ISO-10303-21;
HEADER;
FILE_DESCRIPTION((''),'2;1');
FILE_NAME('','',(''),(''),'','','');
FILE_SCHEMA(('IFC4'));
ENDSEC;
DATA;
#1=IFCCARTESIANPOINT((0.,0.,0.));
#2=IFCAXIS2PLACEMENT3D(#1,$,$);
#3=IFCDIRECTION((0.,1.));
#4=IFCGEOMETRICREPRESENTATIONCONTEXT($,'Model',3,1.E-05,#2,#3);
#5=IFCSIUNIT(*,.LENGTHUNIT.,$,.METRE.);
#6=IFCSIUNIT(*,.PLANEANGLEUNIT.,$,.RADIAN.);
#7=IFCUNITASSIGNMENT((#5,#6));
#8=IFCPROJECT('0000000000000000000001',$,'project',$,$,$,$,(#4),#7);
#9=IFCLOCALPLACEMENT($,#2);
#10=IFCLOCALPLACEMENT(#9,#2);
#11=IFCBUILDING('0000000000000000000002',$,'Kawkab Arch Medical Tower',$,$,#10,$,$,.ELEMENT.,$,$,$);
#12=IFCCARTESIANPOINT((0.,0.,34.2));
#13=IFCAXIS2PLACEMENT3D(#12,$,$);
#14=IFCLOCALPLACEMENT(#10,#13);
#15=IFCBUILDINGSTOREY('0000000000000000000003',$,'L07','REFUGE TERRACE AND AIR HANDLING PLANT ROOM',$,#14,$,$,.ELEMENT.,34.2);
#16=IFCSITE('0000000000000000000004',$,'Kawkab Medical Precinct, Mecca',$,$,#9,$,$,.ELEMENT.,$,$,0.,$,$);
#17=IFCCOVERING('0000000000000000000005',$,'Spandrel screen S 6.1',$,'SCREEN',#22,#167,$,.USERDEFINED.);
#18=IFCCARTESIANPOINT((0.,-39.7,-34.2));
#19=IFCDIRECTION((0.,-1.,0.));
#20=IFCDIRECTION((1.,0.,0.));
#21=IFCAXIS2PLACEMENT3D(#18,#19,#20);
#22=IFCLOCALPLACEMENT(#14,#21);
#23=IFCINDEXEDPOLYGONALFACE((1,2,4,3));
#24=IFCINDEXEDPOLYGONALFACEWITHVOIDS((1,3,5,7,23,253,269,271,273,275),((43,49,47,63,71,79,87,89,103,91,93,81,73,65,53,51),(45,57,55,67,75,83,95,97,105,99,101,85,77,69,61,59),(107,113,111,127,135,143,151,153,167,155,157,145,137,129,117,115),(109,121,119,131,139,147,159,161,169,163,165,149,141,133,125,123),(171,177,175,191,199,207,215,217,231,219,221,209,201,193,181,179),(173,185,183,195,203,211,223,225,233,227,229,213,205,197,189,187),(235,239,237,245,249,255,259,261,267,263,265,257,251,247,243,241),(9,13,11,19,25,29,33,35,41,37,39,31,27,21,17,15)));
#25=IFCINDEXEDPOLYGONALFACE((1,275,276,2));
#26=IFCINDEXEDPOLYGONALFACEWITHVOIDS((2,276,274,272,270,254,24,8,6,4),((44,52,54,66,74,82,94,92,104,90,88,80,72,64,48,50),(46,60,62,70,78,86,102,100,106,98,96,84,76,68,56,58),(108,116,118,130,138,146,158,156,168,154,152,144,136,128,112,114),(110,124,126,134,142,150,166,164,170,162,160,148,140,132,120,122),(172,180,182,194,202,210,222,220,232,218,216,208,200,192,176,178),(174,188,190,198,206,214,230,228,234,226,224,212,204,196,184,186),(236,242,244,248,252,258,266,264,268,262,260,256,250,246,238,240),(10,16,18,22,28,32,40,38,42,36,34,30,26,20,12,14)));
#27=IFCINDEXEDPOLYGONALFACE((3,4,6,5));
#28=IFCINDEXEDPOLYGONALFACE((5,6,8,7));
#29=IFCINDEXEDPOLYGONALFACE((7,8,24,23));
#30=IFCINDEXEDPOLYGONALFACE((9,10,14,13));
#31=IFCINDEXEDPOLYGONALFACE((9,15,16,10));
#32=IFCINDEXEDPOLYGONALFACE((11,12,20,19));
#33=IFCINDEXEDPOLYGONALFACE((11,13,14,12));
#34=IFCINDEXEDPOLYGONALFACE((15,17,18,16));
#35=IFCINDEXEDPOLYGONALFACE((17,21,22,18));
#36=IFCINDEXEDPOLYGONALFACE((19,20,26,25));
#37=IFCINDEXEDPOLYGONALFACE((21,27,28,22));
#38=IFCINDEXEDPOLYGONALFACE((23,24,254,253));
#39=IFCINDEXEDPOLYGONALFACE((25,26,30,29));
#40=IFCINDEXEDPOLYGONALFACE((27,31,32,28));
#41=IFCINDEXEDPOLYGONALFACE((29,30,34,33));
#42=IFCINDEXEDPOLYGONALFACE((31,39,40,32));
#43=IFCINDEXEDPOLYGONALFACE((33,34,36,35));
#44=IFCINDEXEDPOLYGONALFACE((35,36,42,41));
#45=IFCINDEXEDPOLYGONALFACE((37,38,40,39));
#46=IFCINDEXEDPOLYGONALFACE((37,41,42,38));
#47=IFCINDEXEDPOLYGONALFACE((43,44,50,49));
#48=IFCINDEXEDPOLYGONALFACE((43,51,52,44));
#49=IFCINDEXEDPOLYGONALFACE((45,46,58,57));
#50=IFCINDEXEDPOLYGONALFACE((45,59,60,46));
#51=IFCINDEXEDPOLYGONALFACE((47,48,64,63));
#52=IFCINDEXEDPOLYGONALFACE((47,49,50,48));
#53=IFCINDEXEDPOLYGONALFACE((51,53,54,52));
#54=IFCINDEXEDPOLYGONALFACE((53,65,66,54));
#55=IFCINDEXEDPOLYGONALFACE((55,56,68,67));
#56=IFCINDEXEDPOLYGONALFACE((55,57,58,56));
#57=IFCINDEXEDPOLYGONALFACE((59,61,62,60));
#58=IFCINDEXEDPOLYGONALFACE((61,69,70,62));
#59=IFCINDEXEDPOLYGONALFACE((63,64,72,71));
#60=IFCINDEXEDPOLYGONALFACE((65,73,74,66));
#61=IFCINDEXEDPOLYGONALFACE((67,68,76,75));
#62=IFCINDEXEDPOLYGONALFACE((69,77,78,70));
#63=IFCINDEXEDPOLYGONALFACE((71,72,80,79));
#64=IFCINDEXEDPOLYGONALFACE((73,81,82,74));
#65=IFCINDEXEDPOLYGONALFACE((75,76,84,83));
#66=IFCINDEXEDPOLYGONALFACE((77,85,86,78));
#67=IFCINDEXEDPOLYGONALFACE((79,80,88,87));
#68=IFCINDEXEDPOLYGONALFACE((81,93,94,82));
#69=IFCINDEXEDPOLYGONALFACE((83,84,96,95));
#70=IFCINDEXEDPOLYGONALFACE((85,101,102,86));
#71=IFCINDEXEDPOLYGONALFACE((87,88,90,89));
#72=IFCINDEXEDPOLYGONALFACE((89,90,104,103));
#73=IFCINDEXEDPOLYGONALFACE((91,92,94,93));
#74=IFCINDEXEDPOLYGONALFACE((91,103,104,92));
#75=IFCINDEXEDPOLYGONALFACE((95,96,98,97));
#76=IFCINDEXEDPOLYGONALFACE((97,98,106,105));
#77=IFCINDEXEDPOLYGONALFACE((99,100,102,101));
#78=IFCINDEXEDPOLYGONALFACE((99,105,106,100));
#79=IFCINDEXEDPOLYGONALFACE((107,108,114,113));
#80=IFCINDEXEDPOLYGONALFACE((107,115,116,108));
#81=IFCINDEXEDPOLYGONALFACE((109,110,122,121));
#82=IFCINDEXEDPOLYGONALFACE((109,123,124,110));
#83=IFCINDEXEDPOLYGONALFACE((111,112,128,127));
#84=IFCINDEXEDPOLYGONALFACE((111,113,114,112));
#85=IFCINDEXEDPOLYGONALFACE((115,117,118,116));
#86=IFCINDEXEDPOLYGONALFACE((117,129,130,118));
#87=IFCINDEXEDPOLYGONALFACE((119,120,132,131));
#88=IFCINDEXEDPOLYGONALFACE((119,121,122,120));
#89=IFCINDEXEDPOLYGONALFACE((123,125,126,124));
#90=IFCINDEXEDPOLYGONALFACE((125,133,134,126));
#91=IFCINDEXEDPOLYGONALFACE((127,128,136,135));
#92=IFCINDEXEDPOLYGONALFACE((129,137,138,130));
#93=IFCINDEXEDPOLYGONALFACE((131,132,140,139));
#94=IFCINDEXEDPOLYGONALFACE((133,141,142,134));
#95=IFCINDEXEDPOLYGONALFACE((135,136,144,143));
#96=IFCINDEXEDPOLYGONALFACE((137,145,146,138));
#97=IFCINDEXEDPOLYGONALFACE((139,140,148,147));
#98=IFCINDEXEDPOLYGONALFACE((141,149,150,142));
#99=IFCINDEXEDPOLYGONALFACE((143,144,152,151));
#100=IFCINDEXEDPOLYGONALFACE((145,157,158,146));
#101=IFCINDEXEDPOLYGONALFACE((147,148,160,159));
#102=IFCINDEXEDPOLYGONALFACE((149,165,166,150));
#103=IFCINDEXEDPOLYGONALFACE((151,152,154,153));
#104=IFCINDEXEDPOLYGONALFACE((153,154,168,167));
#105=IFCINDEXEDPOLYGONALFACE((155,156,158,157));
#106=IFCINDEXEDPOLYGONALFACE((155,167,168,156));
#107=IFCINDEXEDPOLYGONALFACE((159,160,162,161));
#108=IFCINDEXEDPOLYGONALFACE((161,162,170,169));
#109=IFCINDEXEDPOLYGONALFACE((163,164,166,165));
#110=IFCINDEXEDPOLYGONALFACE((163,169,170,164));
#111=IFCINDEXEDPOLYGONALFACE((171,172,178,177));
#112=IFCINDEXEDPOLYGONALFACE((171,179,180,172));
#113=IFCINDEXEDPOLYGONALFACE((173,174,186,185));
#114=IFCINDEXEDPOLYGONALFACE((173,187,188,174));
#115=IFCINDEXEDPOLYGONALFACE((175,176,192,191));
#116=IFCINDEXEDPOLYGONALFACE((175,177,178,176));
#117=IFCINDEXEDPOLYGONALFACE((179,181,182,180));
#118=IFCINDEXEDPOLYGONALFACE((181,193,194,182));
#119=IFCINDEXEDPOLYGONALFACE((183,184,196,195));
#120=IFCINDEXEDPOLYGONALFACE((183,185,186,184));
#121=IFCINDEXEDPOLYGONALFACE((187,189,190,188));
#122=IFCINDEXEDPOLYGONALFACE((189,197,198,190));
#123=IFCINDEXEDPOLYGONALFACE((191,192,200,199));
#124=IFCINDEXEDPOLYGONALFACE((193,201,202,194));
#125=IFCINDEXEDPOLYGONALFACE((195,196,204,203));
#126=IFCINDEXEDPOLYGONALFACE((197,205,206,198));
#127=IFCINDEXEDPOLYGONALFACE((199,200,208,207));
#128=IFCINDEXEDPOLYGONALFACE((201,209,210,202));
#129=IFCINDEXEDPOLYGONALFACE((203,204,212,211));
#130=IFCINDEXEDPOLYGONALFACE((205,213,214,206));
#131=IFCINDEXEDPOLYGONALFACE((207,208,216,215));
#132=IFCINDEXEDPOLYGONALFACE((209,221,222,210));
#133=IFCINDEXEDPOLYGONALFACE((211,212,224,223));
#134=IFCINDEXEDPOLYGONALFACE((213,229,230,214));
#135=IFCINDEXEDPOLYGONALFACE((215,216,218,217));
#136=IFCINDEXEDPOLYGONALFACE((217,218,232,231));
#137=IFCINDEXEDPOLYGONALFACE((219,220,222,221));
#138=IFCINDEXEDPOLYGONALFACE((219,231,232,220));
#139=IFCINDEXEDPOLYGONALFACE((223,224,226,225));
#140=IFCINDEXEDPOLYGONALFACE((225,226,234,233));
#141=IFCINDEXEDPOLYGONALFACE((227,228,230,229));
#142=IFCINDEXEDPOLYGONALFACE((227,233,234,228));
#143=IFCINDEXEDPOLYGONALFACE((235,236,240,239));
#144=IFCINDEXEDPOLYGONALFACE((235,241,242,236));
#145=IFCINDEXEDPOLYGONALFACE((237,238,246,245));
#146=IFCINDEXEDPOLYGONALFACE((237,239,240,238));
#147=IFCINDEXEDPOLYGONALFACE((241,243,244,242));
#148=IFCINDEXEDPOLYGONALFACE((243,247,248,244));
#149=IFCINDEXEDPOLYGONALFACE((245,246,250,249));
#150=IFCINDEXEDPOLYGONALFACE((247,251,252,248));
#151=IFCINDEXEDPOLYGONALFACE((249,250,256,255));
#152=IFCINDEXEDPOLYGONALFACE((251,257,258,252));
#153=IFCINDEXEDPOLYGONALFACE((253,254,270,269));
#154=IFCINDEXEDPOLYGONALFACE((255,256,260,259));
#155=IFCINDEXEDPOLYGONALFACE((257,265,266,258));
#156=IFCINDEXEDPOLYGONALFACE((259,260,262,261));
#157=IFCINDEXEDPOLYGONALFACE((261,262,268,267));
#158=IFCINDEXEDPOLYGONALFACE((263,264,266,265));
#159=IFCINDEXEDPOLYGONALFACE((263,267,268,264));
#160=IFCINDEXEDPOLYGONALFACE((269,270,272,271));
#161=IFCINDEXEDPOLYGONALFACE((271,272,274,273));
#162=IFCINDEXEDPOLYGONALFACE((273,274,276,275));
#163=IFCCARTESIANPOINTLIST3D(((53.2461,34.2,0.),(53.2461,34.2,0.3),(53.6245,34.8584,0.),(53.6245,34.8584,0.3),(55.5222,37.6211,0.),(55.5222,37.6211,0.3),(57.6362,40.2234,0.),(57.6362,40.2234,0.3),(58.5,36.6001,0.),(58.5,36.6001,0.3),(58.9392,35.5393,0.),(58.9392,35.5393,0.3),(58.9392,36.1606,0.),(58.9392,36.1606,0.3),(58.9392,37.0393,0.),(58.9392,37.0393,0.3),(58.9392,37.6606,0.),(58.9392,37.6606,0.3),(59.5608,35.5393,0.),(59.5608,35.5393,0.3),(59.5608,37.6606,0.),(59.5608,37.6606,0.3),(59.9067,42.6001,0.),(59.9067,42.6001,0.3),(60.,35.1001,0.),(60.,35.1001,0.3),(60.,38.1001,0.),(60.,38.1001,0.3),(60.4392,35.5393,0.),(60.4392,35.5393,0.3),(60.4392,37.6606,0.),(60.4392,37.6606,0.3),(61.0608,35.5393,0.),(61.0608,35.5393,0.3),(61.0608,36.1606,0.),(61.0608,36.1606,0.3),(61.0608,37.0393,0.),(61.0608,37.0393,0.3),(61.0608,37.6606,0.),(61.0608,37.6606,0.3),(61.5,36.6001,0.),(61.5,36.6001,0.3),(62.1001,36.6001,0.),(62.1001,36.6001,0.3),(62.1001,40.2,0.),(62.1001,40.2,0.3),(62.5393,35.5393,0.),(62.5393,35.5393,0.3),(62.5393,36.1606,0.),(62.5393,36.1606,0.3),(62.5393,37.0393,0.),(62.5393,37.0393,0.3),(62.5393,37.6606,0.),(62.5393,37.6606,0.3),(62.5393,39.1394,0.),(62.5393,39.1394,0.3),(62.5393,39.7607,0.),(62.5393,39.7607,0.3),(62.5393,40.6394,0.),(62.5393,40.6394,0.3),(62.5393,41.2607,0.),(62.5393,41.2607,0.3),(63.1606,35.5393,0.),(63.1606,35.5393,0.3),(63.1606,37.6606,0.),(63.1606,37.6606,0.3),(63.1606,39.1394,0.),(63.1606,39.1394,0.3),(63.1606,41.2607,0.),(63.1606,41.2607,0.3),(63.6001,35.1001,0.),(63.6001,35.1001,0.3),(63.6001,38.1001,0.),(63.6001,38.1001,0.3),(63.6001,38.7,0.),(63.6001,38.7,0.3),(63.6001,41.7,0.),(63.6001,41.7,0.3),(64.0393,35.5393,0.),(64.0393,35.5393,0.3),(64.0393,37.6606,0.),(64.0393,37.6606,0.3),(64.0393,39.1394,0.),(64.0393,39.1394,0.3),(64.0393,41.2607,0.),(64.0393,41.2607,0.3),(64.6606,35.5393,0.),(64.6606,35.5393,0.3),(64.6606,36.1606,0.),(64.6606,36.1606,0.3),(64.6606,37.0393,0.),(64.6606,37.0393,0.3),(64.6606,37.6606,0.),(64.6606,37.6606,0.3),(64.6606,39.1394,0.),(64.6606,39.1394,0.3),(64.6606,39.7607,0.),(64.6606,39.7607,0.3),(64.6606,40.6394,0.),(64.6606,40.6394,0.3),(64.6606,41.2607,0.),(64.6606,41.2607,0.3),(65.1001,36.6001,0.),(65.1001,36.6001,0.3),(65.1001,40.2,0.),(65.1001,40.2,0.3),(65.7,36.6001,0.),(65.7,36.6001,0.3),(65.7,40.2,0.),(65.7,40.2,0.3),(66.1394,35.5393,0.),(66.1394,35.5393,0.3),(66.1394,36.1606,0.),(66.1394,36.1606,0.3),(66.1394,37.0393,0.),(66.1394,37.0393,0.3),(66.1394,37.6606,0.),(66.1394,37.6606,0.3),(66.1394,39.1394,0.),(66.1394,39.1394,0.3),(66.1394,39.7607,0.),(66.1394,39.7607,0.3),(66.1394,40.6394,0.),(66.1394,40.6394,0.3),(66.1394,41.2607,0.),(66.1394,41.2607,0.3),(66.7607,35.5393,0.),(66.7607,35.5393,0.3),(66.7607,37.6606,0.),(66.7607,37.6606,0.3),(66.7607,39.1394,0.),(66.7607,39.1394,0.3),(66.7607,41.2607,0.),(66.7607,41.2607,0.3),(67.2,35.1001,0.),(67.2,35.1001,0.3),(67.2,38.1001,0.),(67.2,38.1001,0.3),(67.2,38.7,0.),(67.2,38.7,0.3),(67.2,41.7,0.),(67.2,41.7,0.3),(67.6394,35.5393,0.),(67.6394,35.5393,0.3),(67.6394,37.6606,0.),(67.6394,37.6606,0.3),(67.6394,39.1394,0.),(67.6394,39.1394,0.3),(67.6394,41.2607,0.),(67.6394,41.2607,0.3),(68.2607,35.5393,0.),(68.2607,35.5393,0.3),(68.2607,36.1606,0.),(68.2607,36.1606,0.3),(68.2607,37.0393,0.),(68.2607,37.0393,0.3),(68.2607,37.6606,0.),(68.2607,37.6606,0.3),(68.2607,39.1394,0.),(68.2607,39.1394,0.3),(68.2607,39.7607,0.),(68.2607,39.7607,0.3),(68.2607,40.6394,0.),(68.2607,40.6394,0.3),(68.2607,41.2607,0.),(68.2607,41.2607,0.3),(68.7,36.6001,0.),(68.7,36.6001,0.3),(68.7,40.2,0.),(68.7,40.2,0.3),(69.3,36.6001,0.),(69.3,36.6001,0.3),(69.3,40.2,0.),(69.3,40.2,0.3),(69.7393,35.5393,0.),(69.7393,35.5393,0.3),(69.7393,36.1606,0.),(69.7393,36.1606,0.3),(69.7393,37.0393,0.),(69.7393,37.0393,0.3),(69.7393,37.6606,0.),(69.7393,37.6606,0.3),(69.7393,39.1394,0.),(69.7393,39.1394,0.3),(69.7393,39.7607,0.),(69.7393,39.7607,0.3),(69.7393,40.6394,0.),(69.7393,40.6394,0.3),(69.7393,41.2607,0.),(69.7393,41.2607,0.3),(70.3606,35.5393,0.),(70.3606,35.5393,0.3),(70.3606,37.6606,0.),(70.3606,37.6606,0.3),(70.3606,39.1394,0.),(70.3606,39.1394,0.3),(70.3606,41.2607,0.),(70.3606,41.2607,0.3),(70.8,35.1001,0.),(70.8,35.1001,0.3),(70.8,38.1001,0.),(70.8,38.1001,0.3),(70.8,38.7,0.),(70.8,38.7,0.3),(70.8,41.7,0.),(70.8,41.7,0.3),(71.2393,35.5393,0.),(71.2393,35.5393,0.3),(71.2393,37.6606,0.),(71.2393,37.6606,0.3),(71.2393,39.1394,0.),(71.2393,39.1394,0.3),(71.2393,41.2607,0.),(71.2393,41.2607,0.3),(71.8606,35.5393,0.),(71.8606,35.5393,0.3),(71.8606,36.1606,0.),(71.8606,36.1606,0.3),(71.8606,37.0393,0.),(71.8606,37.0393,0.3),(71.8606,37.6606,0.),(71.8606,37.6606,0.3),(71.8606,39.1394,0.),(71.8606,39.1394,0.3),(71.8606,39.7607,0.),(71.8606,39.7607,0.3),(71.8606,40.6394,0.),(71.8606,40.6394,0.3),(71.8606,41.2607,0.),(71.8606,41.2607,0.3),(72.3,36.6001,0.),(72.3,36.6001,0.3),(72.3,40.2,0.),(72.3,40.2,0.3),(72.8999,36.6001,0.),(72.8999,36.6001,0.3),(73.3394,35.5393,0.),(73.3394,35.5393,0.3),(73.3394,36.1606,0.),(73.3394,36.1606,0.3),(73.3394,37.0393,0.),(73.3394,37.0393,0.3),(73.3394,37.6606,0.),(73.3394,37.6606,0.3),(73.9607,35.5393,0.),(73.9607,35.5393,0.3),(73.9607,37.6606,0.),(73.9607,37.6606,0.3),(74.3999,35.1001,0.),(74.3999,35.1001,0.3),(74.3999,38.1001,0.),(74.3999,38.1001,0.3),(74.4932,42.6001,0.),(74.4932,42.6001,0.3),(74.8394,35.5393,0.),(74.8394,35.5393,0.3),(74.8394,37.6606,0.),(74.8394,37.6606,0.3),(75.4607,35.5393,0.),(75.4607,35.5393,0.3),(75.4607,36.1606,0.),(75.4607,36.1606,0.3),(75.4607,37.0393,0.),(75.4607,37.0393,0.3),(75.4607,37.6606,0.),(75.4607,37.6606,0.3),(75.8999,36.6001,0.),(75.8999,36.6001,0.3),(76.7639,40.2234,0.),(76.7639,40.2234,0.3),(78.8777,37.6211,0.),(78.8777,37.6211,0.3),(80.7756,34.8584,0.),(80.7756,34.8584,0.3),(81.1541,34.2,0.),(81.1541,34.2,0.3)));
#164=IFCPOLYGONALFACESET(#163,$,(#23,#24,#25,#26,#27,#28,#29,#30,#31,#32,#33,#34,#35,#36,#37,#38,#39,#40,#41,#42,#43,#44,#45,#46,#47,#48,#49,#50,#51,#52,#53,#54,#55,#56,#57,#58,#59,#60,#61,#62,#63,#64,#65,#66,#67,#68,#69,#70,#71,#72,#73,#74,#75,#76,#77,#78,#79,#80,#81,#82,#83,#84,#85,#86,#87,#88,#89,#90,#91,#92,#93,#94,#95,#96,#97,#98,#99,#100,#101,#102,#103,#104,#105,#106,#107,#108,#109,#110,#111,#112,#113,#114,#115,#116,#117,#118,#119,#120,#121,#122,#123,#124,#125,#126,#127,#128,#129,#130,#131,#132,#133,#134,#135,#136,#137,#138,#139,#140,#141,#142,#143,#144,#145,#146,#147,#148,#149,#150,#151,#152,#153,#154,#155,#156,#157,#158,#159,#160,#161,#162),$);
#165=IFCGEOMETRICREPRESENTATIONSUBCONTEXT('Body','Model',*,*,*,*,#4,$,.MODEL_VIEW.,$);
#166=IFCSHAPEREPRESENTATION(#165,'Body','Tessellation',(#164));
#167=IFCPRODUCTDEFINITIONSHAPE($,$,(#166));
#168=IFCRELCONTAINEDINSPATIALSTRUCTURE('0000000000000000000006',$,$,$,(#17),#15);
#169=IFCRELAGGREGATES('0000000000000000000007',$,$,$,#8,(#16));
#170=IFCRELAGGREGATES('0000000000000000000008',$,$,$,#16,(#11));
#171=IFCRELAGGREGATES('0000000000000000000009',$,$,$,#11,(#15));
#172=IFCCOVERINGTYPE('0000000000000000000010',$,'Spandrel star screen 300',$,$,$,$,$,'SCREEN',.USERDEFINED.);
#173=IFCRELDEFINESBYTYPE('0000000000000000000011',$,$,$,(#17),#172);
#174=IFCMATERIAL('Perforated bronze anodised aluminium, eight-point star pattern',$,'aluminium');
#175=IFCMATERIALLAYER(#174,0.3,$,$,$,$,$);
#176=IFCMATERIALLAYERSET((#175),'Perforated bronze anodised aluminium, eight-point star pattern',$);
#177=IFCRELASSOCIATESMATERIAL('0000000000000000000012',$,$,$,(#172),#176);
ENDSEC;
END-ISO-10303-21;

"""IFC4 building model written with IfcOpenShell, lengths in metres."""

from ifc_helpers import new_model, si_unit, direction, frame, origin, place, context, subcontext, project, spatial, polyline, outline, extrude, material, layer, layer_set, type_object, element, save


model = new_model("IFC4")

# Units and contexts
model_context = context("Model", 3, precision=1e-05, world=origin(), true_north=direction((0.0, 1.0)))
body_context = subcontext(model_context, "Body", "Model", "MODEL_VIEW")
ifc_project = project(units=[si_unit("LENGTHUNIT", "METRE"), si_unit("PLANEANGLEUNIT", "RADIAN")], contexts=[model_context])

# Site, building, storey
site_placement = place(None, origin())
site = spatial("IfcSite", under=ifc_project, at=site_placement, Name="Kawkab Medical Precinct, Mecca", CompositionType="ELEMENT", RefElevation=0.0)
building_placement = place(site_placement, origin())
building = spatial("IfcBuilding", under=site, at=building_placement, Name="Kawkab Arch Medical Tower", CompositionType="ELEMENT")
storey_placement = place(building_placement, frame((0.0, 0.0, 34.2)))
storey = spatial("IfcBuildingStorey", under=building, at=storey_placement, Name="L07", Description="REFUGE TERRACE AND AIR HANDLING PLANT ROOM", CompositionType="ELEMENT", Elevation=34.2)

# Covering
ifc_material_1 = material(Name="Perforated bronze anodised aluminium, eight-point star pattern", Category="aluminium")
ifc_layer_1 = layer(ifc_material_1, 0.3)
ifc_layer_set_1 = layer_set([ifc_layer_1], Name="Perforated bronze anodised aluminium, eight-point star pattern")
covering_type = type_object("IfcCoveringType", Name="Spandrel star screen 300", ElementType="SCREEN", PredefinedType="USERDEFINED", material=ifc_layer_set_1)
covering_placement = place(storey_placement, frame((0.0, -39.7, -34.2), z_axis=(0.0, -1.0, 0.0), x_axis=(1.0, 0.0, 0.0)))
element("IfcCovering", 1, at=covering_placement, inside=storey, type_object=covering_type, Name="Spandrel screen S 6.1", ObjectType="SCREEN", PredefinedType="USERDEFINED", context=body_context, shape_type="SweptSolid", body=[
    extrude(outline(polyline([(53.2461, 34.2), (81.1541, 34.2), (80.7756, 34.8584), (78.8777, 37.6211), (76.7639, 40.2234), (74.4932, 42.6001), (59.9067, 42.6001), (57.6362, 40.2234), (55.5222, 37.6211), (53.6245, 34.8584), (53.2461, 34.2)]), holes=[polyline([(61.5, 36.6001), (61.0608, 37.0393), (61.0608, 37.6606), (60.4392, 37.6606), (60.0, 38.1001), (59.5608, 37.6606), (58.9392, 37.6606), (58.9392, 37.0393), (58.5, 36.6001), (58.9392, 36.1606), (58.9392, 35.5393), (59.5608, 35.5393), (60.0, 35.1001), (60.4392, 35.5393), (61.0608, 35.5393), (61.0608, 36.1606), (61.5, 36.6001)]), polyline([(65.1001, 36.6001), (64.6606, 37.0393), (64.6606, 37.6606), (64.0393, 37.6606), (63.6001, 38.1001), (63.1606, 37.6606), (62.5393, 37.6606), (62.5393, 37.0393), (62.1001, 36.6001), (62.5393, 36.1606), (62.5393, 35.5393), (63.1606, 35.5393), (63.6001, 35.1001), (64.0393, 35.5393), (64.6606, 35.5393), (64.6606, 36.1606), (65.1001, 36.6001)]), polyline([(65.1001, 40.2), (64.6606, 40.6394), (64.6606, 41.2607), (64.0393, 41.2607), (63.6001, 41.7), (63.1606, 41.2607), (62.5393, 41.2607), (62.5393, 40.6394), (62.1001, 40.2), (62.5393, 39.7607), (62.5393, 39.1394), (63.1606, 39.1394), (63.6001, 38.7), (64.0393, 39.1394), (64.6606, 39.1394), (64.6606, 39.7607), (65.1001, 40.2)]), polyline([(68.7, 36.6001), (68.2607, 37.0393), (68.2607, 37.6606), (67.6394, 37.6606), (67.2, 38.1001), (66.7607, 37.6606), (66.1394, 37.6606), (66.1394, 37.0393), (65.7, 36.6001), (66.1394, 36.1606), (66.1394, 35.5393), (66.7607, 35.5393), (67.2, 35.1001), (67.6394, 35.5393), (68.2607, 35.5393), (68.2607, 36.1606), (68.7, 36.6001)]), polyline([(68.7, 40.2), (68.2607, 40.6394), (68.2607, 41.2607), (67.6394, 41.2607), (67.2, 41.7), (66.7607, 41.2607), (66.1394, 41.2607), (66.1394, 40.6394), (65.7, 40.2), (66.1394, 39.7607), (66.1394, 39.1394), (66.7607, 39.1394), (67.2, 38.7), (67.6394, 39.1394), (68.2607, 39.1394), (68.2607, 39.7607), (68.7, 40.2)]), polyline([(72.3, 36.6001), (71.8606, 37.0393), (71.8606, 37.6606), (71.2393, 37.6606), (70.8, 38.1001), (70.3606, 37.6606), (69.7393, 37.6606), (69.7393, 37.0393), (69.3, 36.6001), (69.7393, 36.1606), (69.7393, 35.5393), (70.3606, 35.5393), (70.8, 35.1001), (71.2393, 35.5393), (71.8606, 35.5393), (71.8606, 36.1606), (72.3, 36.6001)]), polyline([(72.3, 40.2), (71.8606, 40.6394), (71.8606, 41.2607), (71.2393, 41.2607), (70.8, 41.7), (70.3606, 41.2607), (69.7393, 41.2607), (69.7393, 40.6394), (69.3, 40.2), (69.7393, 39.7607), (69.7393, 39.1394), (70.3606, 39.1394), (70.8, 38.7), (71.2393, 39.1394), (71.8606, 39.1394), (71.8606, 39.7607), (72.3, 40.2)]), polyline([(75.8999, 36.6001), (75.4607, 37.0393), (75.4607, 37.6606), (74.8394, 37.6606), (74.3999, 38.1001), (73.9607, 37.6606), (73.3394, 37.6606), (73.3394, 37.0393), (72.8999, 36.6001), (73.3394, 36.1606), (73.3394, 35.5393), (73.9607, 35.5393), (74.3999, 35.1001), (74.8394, 35.5393), (75.4607, 35.5393), (75.4607, 36.1606), (75.8999, 36.6001)])]), origin(), (0.0, 0.0, 1.0), 0.3),
])

save(model, "model.ifc")
